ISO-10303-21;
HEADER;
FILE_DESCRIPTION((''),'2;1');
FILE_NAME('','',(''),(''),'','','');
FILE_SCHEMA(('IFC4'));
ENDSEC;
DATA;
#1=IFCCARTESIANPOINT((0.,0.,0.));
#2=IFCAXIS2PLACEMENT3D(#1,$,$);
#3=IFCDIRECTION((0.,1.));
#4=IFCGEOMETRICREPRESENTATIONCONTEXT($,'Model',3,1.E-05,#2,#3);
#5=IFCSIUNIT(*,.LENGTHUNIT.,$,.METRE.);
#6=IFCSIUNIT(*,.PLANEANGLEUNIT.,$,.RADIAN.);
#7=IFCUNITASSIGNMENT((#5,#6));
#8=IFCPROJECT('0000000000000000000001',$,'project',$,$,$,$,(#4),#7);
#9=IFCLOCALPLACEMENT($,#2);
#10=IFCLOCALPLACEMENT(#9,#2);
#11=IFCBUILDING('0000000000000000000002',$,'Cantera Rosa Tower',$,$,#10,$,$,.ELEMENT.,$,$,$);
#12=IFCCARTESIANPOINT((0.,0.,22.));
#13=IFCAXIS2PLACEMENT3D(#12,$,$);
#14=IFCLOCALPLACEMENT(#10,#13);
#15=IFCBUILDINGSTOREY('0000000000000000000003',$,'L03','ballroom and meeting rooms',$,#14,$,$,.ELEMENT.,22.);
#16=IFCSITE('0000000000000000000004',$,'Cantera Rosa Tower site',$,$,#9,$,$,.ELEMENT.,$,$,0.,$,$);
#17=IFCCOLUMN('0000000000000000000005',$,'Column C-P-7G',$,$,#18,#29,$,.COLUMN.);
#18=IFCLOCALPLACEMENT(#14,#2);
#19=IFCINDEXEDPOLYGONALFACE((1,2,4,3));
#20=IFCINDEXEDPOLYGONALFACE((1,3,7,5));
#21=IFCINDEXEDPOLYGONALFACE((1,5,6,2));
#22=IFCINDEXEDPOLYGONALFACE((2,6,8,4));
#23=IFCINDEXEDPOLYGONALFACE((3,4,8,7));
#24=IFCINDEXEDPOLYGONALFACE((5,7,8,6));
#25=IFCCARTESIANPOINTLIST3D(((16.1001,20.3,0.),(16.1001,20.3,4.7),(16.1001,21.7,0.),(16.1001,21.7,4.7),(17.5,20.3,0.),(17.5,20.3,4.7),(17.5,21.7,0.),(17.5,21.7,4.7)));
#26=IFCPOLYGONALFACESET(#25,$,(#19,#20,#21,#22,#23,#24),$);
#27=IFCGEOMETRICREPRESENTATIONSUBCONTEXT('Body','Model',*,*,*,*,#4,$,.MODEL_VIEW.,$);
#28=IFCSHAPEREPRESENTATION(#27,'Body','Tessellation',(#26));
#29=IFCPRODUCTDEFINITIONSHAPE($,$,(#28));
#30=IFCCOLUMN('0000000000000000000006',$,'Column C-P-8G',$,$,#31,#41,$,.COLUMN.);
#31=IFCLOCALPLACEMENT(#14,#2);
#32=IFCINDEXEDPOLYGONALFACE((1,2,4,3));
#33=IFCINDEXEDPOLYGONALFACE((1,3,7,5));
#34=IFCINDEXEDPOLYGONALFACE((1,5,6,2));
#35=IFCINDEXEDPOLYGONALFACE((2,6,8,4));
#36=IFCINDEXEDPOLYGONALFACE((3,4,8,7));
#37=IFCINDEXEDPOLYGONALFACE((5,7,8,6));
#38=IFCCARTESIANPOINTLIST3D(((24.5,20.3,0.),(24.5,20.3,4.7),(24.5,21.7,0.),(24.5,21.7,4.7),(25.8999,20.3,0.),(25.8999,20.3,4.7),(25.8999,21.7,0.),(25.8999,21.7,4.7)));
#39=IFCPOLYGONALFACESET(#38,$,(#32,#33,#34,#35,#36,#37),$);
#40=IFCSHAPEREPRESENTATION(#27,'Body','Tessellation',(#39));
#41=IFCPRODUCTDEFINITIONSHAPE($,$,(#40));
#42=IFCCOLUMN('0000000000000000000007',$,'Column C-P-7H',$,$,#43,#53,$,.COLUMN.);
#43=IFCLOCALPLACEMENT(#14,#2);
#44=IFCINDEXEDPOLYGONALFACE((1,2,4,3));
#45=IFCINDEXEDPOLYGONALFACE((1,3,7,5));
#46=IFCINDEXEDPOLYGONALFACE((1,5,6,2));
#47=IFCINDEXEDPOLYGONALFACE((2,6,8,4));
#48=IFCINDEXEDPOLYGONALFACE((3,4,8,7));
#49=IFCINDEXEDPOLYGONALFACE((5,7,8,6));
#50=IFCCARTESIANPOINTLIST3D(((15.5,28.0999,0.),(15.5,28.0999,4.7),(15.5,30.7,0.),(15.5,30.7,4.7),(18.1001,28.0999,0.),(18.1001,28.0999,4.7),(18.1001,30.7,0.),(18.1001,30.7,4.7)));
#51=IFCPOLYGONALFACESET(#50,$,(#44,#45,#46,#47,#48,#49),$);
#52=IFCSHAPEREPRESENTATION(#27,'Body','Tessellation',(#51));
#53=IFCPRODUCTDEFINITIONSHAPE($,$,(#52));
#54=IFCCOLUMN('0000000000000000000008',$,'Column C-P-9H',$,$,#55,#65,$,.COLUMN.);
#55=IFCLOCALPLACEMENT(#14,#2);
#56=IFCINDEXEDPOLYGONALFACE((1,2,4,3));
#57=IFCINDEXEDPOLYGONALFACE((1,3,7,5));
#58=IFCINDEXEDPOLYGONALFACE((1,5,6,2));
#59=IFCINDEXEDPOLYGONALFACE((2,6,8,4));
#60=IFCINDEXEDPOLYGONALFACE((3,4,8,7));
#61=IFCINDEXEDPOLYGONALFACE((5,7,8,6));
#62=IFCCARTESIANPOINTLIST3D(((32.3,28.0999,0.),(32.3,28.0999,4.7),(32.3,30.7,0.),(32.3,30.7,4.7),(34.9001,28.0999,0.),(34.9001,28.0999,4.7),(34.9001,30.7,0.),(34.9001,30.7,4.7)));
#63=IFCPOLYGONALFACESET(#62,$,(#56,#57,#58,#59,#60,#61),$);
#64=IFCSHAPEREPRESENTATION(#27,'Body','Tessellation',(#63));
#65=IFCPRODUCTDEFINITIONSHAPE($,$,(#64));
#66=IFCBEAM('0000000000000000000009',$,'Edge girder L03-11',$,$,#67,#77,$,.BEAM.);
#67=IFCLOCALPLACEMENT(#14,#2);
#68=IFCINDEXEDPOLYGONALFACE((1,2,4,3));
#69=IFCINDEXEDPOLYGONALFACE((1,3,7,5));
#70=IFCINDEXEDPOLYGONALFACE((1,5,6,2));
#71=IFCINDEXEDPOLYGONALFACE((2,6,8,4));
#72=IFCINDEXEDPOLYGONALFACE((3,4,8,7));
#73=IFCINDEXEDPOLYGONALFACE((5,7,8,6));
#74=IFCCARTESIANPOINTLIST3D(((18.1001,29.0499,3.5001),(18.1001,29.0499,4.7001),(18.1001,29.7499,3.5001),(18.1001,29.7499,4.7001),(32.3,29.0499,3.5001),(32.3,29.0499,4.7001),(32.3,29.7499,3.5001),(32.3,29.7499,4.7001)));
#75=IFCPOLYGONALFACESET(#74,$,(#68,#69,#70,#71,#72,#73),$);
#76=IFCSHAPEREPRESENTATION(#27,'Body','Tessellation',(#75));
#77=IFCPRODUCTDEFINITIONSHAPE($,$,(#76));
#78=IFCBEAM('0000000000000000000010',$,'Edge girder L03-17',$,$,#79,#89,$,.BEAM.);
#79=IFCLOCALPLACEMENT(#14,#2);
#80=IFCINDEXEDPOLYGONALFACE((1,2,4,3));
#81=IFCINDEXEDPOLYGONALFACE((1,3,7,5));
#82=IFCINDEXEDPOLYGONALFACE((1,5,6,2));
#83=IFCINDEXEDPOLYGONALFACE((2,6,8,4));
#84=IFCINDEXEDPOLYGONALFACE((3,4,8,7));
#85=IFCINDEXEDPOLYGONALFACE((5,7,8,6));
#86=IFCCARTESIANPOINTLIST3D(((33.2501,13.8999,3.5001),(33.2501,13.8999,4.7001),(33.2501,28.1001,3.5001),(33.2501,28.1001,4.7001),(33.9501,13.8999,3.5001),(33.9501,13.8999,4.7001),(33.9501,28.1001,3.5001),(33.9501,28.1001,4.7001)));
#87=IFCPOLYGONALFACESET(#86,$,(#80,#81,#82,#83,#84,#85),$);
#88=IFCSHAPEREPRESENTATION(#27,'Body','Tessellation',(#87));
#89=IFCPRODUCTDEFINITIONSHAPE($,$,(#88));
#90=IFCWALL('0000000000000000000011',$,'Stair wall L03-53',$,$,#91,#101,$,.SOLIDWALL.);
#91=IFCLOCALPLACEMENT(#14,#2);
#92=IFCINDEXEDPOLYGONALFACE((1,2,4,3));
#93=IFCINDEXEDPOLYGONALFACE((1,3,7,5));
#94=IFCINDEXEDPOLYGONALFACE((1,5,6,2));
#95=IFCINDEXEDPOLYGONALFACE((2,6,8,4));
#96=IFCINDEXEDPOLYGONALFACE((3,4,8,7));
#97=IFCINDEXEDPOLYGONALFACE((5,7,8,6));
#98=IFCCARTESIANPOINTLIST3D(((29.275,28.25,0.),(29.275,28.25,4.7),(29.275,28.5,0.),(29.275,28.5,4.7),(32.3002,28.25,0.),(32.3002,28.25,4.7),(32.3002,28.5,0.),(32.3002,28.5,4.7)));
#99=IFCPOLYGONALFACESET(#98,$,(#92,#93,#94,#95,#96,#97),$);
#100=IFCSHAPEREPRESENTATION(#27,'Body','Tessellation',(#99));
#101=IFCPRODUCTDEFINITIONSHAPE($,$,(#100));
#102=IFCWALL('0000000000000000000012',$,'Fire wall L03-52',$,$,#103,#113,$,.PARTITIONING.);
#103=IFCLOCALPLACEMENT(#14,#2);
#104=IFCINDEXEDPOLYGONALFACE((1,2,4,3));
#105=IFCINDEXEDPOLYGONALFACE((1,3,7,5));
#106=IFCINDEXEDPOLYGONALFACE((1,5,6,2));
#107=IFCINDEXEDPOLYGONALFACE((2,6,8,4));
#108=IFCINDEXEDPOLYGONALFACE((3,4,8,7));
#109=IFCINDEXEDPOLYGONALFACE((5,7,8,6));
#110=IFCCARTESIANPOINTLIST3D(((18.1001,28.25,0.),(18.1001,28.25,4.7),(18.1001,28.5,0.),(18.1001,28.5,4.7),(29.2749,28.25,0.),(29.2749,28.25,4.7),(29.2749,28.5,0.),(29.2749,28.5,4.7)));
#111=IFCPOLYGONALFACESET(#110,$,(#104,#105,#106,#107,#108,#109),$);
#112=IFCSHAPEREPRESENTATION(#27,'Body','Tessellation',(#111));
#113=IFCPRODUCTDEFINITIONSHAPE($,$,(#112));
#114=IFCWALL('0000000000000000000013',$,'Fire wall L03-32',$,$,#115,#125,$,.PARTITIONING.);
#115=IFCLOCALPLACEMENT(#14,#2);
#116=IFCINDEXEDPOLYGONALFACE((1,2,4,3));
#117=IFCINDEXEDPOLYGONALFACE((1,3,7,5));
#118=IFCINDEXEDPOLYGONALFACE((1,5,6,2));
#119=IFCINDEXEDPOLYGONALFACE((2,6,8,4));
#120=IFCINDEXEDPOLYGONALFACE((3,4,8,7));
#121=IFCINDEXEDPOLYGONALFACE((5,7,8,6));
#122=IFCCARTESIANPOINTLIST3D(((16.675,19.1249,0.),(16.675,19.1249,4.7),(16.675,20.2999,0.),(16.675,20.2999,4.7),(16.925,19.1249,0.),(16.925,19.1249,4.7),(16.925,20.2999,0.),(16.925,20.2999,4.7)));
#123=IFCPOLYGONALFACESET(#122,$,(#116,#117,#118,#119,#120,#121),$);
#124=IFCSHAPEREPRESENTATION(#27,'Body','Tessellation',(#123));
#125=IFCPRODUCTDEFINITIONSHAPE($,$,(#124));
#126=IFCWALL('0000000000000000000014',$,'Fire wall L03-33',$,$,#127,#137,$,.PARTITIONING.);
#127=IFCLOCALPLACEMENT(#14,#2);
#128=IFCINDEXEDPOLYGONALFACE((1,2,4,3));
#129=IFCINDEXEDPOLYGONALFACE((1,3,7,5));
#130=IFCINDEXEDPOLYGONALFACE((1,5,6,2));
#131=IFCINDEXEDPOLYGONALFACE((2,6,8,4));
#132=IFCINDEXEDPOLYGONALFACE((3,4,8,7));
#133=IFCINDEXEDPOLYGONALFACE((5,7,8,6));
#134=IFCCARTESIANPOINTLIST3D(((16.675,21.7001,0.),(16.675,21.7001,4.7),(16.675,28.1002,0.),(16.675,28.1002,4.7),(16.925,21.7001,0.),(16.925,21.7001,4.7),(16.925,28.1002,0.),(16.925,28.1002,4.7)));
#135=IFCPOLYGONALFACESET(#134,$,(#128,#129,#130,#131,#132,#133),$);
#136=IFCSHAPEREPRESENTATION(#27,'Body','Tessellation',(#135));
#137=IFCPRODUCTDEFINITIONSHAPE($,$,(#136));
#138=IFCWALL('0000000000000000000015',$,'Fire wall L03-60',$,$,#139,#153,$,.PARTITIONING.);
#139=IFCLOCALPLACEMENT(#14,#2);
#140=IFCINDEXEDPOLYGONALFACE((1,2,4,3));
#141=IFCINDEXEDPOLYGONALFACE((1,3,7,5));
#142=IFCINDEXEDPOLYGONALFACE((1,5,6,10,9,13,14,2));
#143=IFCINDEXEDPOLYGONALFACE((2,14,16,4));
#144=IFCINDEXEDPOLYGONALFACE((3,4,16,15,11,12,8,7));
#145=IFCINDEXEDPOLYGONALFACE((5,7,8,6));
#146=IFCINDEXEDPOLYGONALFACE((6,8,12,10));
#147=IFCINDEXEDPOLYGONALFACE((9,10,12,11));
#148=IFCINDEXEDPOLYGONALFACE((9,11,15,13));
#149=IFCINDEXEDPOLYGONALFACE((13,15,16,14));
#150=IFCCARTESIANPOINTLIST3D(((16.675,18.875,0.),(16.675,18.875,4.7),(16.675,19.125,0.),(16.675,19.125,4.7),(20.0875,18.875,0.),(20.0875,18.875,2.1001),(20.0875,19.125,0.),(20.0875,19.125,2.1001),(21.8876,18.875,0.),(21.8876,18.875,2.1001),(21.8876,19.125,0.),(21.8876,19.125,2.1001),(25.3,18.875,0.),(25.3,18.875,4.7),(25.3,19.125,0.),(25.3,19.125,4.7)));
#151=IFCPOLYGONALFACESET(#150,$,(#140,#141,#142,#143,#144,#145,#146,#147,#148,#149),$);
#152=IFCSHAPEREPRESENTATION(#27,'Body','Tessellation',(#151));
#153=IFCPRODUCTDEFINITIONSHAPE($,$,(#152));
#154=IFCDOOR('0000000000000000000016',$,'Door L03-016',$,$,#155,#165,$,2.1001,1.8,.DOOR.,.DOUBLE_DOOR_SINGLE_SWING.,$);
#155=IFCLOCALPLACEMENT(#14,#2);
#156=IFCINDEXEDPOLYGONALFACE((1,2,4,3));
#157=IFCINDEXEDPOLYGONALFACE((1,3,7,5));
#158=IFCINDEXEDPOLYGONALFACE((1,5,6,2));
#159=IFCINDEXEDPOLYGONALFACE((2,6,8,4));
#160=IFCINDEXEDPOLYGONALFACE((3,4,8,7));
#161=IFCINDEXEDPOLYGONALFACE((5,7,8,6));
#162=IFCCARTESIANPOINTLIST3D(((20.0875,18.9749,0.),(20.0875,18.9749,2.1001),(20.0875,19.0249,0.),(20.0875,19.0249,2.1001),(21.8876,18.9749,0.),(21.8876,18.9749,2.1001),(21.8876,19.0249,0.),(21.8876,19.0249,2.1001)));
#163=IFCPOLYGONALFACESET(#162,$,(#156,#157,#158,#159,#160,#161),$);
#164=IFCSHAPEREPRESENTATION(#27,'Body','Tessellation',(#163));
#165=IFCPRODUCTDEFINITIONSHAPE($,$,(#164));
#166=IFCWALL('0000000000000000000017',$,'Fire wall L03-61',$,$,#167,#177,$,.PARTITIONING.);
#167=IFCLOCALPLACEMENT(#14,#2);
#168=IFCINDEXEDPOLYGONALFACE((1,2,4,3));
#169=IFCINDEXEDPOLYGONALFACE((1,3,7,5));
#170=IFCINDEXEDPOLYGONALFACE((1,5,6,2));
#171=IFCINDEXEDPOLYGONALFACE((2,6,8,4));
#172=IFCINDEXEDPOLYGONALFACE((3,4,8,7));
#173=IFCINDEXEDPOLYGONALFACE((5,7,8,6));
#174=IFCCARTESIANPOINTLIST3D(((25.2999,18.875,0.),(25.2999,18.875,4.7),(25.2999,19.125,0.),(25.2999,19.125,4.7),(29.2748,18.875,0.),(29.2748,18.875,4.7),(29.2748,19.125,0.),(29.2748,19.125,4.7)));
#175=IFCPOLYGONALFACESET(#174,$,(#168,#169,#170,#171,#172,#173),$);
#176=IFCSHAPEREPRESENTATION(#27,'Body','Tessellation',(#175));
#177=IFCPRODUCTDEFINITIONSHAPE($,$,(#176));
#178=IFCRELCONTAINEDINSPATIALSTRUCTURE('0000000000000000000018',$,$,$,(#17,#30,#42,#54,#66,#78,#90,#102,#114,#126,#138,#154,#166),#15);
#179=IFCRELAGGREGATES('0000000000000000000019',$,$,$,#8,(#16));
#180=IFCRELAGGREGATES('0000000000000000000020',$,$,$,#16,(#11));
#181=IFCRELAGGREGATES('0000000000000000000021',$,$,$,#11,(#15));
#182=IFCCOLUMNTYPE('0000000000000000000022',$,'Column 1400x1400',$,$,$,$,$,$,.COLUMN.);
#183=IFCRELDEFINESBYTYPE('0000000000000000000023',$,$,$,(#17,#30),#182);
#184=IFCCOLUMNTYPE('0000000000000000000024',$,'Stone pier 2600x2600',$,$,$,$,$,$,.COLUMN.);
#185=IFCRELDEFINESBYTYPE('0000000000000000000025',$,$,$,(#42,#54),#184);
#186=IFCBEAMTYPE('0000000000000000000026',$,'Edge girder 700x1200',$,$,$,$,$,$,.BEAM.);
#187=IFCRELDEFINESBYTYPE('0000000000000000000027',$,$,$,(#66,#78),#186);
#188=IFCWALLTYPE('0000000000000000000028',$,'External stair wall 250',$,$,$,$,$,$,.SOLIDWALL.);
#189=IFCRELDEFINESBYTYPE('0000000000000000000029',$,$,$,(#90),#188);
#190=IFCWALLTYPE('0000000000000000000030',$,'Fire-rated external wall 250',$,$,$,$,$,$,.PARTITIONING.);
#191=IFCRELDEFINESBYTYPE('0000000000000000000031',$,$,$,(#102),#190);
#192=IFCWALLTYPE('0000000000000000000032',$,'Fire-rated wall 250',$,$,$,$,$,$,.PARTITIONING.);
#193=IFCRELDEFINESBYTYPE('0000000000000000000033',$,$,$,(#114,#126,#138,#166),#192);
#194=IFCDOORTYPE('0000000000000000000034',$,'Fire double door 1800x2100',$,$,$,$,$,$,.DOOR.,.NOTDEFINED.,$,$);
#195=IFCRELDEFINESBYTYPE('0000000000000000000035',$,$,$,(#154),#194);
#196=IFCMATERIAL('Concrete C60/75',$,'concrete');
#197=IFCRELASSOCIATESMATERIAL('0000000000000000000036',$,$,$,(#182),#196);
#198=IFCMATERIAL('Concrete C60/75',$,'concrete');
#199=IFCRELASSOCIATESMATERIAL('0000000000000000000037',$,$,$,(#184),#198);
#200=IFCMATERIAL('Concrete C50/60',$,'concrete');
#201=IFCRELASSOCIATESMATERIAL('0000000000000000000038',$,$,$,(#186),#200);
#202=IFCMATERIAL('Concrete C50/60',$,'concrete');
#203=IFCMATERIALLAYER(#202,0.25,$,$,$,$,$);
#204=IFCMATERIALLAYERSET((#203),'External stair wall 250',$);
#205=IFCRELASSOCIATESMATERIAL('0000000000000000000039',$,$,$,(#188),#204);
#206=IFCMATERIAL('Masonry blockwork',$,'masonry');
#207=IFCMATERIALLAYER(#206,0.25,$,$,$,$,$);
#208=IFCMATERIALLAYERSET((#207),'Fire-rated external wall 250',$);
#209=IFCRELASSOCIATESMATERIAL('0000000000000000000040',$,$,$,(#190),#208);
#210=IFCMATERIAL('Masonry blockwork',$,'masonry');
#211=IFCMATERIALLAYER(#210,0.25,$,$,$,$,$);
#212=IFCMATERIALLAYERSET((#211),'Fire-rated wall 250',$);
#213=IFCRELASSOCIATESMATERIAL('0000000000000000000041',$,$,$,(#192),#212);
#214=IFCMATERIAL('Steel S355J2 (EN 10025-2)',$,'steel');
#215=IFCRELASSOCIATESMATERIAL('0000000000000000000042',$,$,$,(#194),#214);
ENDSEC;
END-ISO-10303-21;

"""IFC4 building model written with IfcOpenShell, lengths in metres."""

from ifc_helpers import new_model, si_unit, direction, frame, frame_2d, origin, origin_2d, place, context, subcontext, project, spatial, rectangle, extrude, material, layer, layer_set, material_profile, profile_set, type_object, element, fill, save


model = new_model("IFC4")

# Units and contexts
model_context = context("Model", 3, precision=1e-05, world=origin(), true_north=direction((0.0, 1.0)))
body_context = subcontext(model_context, "Body", "Model", "MODEL_VIEW")
ifc_project = project(units=[si_unit("LENGTHUNIT", "METRE"), si_unit("PLANEANGLEUNIT", "RADIAN")], contexts=[model_context])

# Site, building, storey
site_placement = place(None, origin())
site = spatial("IfcSite", under=ifc_project, at=site_placement, Name="Cantera Rosa Tower site", CompositionType="ELEMENT", RefElevation=0.0)
building_placement = place(site_placement, origin())
building = spatial("IfcBuilding", under=site, at=building_placement, Name="Cantera Rosa Tower", CompositionType="ELEMENT")
storey_placement = place(building_placement, frame((0.0, 0.0, 22.0)))
storey = spatial("IfcBuildingStorey", under=building, at=storey_placement, Name="L03", Description="ballroom and meeting rooms", CompositionType="ELEMENT", Elevation=22.0)

# Columns
ifc_material_1 = material(Name="Concrete C60/75", Category="concrete")
ifc_material_profile_1 = material_profile(ifc_material_1, rectangle(XDim=1.3999, YDim=1.3999, at=origin_2d()), Name="Column 1400x1400")
ifc_profile_set_1 = profile_set([ifc_material_profile_1], Name="Concrete C60/75")
column_type_1 = type_object("IfcColumnType", Name="Column 1400x1400", PredefinedType="COLUMN", material=ifc_profile_set_1)
for number, where, z_axis, x_axis, name in (
    (1, (16.8, 21.0, 0.0), (0.0, 0.0, 1.0), (1.0, 0.0, 0.0), "Column C-P-7G"),
    (2, (25.2, 21.0, 0.0), (0.0, 0.0, 1.0), (1.0, 0.0, 0.0), "Column C-P-8G"),
):
    element("IfcColumn", number, at=place(storey_placement, frame(where, z_axis=z_axis, x_axis=x_axis)), inside=storey, type_object=column_type_1, Name=name, PredefinedType="COLUMN", context=body_context, shape_type="SweptSolid", body=[
        extrude(rectangle(XDim=1.3999, YDim=1.3999, at=origin_2d()), origin(), (0.0, 0.0, 1.0), 4.7),
    ])
ifc_material_2 = material(Name="Concrete C60/75", Category="concrete")
ifc_material_profile_2 = material_profile(ifc_material_2, rectangle(XDim=2.6001, YDim=2.6001, at=origin_2d()), Name="Stone pier 2600x2600")
ifc_profile_set_2 = profile_set([ifc_material_profile_2], Name="Concrete C60/75")
column_type_2 = type_object("IfcColumnType", Name="Stone pier 2600x2600", PredefinedType="COLUMN", material=ifc_profile_set_2)
for number, where, z_axis, x_axis, name in (
    (3, (16.8, 29.3999, 0.0), (0.0, 0.0, 1.0), (1.0, 0.0, 0.0), "Column C-P-7H"),
    (4, (33.6001, 29.3999, 0.0), (0.0, 0.0, 1.0), (1.0, 0.0, 0.0), "Column C-P-9H"),
):
    element("IfcColumn", number, at=place(storey_placement, frame(where, z_axis=z_axis, x_axis=x_axis)), inside=storey, type_object=column_type_2, Name=name, PredefinedType="COLUMN", context=body_context, shape_type="SweptSolid", body=[
        extrude(rectangle(XDim=2.6001, YDim=2.6001, at=origin_2d()), origin(), (0.0, 0.0, 1.0), 4.7),
    ])

# Beams
ifc_material_3 = material(Name="Concrete C50/60", Category="concrete")
ifc_material_profile_3 = material_profile(ifc_material_3, rectangle(XDim=0.7, YDim=1.2, at=origin_2d()), Name="Edge girder 700x1200")
ifc_profile_set_3 = profile_set([ifc_material_profile_3], Name="Concrete C50/60")
beam_type = type_object("IfcBeamType", Name="Edge girder 700x1200", PredefinedType="BEAM", material=ifc_profile_set_3)
beam_1_placement = place(storey_placement, frame((18.1001, 29.3999, 4.1001), z_axis=(1.0, 0.0, 0.0), x_axis=(0.0, 1.0, 0.0)))
element("IfcBeam", 5, at=beam_1_placement, inside=storey, type_object=beam_type, Name="Edge girder L03-11", PredefinedType="BEAM", context=body_context, shape_type="SweptSolid", body=[
    extrude(rectangle(XDim=0.7, YDim=1.2, at=origin_2d()), origin(), (0.0, 0.0, 1.0), 14.2),
])
beam_2_placement = place(storey_placement, frame((33.6001, 13.8999, 4.1001), z_axis=(0.0, 1.0, 0.0), x_axis=(-1.0, 0.0, 0.0)))
element("IfcBeam", 6, at=beam_2_placement, inside=storey, type_object=beam_type, Name="Edge girder L03-17", PredefinedType="BEAM", context=body_context, shape_type="SweptSolid", body=[
    extrude(rectangle(XDim=0.7, YDim=1.2, at=origin_2d()), origin(), (0.0, 0.0, 1.0), 14.2002),
])

# Walls
ifc_material_4 = material(Name="Concrete C50/60", Category="concrete")
ifc_layer_1 = layer(ifc_material_4, 0.25)
ifc_layer_set_1 = layer_set([ifc_layer_1], Name="External stair wall 250")
wall_type_1 = type_object("IfcWallType", Name="External stair wall 250", PredefinedType="SOLIDWALL", material=ifc_layer_set_1)
wall_1_placement = place(storey_placement, frame((29.2749, 28.375, 0.0), z_axis=(0.0, 0.0, 1.0), x_axis=(1.0, 0.0, 0.0)))
element("IfcWall", 7, at=wall_1_placement, inside=storey, type_object=wall_type_1, Name="Stair wall L03-53", PredefinedType="SOLIDWALL", context=body_context, shape_type="SweptSolid", body=[
    extrude(rectangle(XDim=3.0251, YDim=0.25, at=frame_2d((1.5127, 0.0))), origin(), (0.0, 0.0, 1.0), 4.7),
])
ifc_material_5 = material(Name="Masonry blockwork", Category="masonry")
ifc_layer_2 = layer(ifc_material_5, 0.25)
ifc_layer_set_2 = layer_set([ifc_layer_2], Name="Fire-rated external wall 250")
wall_type_2 = type_object("IfcWallType", Name="Fire-rated external wall 250", PredefinedType="PARTITIONING", material=ifc_layer_set_2)
wall_2_placement = place(storey_placement, frame((18.1001, 28.375, 0.0), z_axis=(0.0, 0.0, 1.0), x_axis=(1.0, 0.0, 0.0)))
element("IfcWall", 8, at=wall_2_placement, inside=storey, type_object=wall_type_2, Name="Fire wall L03-52", PredefinedType="PARTITIONING", context=body_context, shape_type="SweptSolid", body=[
    extrude(rectangle(XDim=11.1748, YDim=0.25, at=frame_2d((5.5874, 0.0))), origin(), (0.0, 0.0, 1.0), 4.7),
])
ifc_material_6 = material(Name="Masonry blockwork", Category="masonry")
ifc_layer_3 = layer(ifc_material_6, 0.25)
ifc_layer_set_3 = layer_set([ifc_layer_3], Name="Fire-rated wall 250")
wall_type_3 = type_object("IfcWallType", Name="Fire-rated wall 250", PredefinedType="PARTITIONING", material=ifc_layer_set_3)
wall_3_placement = place(storey_placement, frame((16.8, 19.125, 0.0), z_axis=(0.0, 0.0, 1.0), x_axis=(0.0, 1.0, 0.0)))
element("IfcWall", 9, at=wall_3_placement, inside=storey, type_object=wall_type_3, Name="Fire wall L03-32", PredefinedType="PARTITIONING", context=body_context, shape_type="SweptSolid", body=[
    extrude(rectangle(XDim=1.175, YDim=0.25, at=frame_2d((0.5874, 0.0))), origin(), (0.0, 0.0, 1.0), 4.7),
])
wall_4_placement = place(storey_placement, frame((16.8, 21.7, 0.0), z_axis=(0.0, 0.0, 1.0), x_axis=(0.0, 1.0, 0.0)))
element("IfcWall", 10, at=wall_4_placement, inside=storey, type_object=wall_type_3, Name="Fire wall L03-33", PredefinedType="PARTITIONING", context=body_context, shape_type="SweptSolid", body=[
    extrude(rectangle(XDim=6.4001, YDim=0.25, at=frame_2d((3.2002, 0.0))), origin(), (0.0, 0.0, 1.0), 4.7),
])

# Wall, opening, door
wall_5_placement = place(storey_placement, frame((16.675, 19.0, 0.0), z_axis=(0.0, 0.0, 1.0), x_axis=(1.0, 0.0, 0.0)))
wall_5 = element("IfcWall", 11, at=wall_5_placement, inside=storey, type_object=wall_type_3, Name="Fire wall L03-60", PredefinedType="PARTITIONING", context=body_context, shape_type="SweptSolid", body=[
    extrude(rectangle(XDim=8.625, YDim=0.25, at=frame_2d((4.3125, 0.0))), origin(), (0.0, 0.0, 1.0), 4.7),
])
opening_1_placement = place(wall_5_placement, frame((3.4126, 0.0, 0.0)))
opening_1 = element("IfcOpeningElement", 12, at=opening_1_placement, cuts=wall_5, PredefinedType="OPENING", context=body_context, shape_type="SweptSolid", body=[
    extrude(rectangle(XDim=1.8, YDim=2.1001, at=frame_2d((0.8999, 1.05))), frame((0.0, 0.135, 0.0), z_axis=(0.0, -1.0, 0.0), x_axis=(1.0, 0.0, 0.0)), (0.0, 0.0, 1.0), 0.27),
])
ifc_material_7 = material(Name="Steel S355J2 (EN 10025-2)", Category="steel")
door_type_1 = type_object("IfcDoorType", Name="Fire double door 1800x2100", OperationType="NOTDEFINED", PredefinedType="DOOR", material=ifc_material_7)
door_1_placement = place(opening_1_placement, origin())
door_1 = element("IfcDoor", 13, at=door_1_placement, inside=storey, type_object=door_type_1, Name="Door L03-016", OperationType="DOUBLE_DOOR_SINGLE_SWING", OverallHeight=2.1001, OverallWidth=1.8, PredefinedType="DOOR", context=body_context, shape_type="SweptSolid", body=[
    extrude(rectangle(XDim=1.8, YDim=2.1001, at=frame_2d((0.8999, 1.05))), frame((0.0, 0.0249, 0.0), z_axis=(0.0, -1.0, 0.0), x_axis=(1.0, 0.0, 0.0)), (0.0, 0.0, 1.0), 0.05),
])
fill(opening_1, door_1)

# Wall
wall_6_placement = place(storey_placement, frame((25.3, 19.0, 0.0), z_axis=(0.0, 0.0, 1.0), x_axis=(1.0, 0.0, 0.0)))
element("IfcWall", 14, at=wall_6_placement, inside=storey, type_object=wall_type_3, Name="Fire wall L03-61", PredefinedType="PARTITIONING", context=body_context, shape_type="SweptSolid", body=[
    extrude(rectangle(XDim=3.9749, YDim=0.25, at=frame_2d((1.9873, 0.0))), origin(), (0.0, 0.0, 1.0), 4.7),
])

save(model, "model.ifc")
